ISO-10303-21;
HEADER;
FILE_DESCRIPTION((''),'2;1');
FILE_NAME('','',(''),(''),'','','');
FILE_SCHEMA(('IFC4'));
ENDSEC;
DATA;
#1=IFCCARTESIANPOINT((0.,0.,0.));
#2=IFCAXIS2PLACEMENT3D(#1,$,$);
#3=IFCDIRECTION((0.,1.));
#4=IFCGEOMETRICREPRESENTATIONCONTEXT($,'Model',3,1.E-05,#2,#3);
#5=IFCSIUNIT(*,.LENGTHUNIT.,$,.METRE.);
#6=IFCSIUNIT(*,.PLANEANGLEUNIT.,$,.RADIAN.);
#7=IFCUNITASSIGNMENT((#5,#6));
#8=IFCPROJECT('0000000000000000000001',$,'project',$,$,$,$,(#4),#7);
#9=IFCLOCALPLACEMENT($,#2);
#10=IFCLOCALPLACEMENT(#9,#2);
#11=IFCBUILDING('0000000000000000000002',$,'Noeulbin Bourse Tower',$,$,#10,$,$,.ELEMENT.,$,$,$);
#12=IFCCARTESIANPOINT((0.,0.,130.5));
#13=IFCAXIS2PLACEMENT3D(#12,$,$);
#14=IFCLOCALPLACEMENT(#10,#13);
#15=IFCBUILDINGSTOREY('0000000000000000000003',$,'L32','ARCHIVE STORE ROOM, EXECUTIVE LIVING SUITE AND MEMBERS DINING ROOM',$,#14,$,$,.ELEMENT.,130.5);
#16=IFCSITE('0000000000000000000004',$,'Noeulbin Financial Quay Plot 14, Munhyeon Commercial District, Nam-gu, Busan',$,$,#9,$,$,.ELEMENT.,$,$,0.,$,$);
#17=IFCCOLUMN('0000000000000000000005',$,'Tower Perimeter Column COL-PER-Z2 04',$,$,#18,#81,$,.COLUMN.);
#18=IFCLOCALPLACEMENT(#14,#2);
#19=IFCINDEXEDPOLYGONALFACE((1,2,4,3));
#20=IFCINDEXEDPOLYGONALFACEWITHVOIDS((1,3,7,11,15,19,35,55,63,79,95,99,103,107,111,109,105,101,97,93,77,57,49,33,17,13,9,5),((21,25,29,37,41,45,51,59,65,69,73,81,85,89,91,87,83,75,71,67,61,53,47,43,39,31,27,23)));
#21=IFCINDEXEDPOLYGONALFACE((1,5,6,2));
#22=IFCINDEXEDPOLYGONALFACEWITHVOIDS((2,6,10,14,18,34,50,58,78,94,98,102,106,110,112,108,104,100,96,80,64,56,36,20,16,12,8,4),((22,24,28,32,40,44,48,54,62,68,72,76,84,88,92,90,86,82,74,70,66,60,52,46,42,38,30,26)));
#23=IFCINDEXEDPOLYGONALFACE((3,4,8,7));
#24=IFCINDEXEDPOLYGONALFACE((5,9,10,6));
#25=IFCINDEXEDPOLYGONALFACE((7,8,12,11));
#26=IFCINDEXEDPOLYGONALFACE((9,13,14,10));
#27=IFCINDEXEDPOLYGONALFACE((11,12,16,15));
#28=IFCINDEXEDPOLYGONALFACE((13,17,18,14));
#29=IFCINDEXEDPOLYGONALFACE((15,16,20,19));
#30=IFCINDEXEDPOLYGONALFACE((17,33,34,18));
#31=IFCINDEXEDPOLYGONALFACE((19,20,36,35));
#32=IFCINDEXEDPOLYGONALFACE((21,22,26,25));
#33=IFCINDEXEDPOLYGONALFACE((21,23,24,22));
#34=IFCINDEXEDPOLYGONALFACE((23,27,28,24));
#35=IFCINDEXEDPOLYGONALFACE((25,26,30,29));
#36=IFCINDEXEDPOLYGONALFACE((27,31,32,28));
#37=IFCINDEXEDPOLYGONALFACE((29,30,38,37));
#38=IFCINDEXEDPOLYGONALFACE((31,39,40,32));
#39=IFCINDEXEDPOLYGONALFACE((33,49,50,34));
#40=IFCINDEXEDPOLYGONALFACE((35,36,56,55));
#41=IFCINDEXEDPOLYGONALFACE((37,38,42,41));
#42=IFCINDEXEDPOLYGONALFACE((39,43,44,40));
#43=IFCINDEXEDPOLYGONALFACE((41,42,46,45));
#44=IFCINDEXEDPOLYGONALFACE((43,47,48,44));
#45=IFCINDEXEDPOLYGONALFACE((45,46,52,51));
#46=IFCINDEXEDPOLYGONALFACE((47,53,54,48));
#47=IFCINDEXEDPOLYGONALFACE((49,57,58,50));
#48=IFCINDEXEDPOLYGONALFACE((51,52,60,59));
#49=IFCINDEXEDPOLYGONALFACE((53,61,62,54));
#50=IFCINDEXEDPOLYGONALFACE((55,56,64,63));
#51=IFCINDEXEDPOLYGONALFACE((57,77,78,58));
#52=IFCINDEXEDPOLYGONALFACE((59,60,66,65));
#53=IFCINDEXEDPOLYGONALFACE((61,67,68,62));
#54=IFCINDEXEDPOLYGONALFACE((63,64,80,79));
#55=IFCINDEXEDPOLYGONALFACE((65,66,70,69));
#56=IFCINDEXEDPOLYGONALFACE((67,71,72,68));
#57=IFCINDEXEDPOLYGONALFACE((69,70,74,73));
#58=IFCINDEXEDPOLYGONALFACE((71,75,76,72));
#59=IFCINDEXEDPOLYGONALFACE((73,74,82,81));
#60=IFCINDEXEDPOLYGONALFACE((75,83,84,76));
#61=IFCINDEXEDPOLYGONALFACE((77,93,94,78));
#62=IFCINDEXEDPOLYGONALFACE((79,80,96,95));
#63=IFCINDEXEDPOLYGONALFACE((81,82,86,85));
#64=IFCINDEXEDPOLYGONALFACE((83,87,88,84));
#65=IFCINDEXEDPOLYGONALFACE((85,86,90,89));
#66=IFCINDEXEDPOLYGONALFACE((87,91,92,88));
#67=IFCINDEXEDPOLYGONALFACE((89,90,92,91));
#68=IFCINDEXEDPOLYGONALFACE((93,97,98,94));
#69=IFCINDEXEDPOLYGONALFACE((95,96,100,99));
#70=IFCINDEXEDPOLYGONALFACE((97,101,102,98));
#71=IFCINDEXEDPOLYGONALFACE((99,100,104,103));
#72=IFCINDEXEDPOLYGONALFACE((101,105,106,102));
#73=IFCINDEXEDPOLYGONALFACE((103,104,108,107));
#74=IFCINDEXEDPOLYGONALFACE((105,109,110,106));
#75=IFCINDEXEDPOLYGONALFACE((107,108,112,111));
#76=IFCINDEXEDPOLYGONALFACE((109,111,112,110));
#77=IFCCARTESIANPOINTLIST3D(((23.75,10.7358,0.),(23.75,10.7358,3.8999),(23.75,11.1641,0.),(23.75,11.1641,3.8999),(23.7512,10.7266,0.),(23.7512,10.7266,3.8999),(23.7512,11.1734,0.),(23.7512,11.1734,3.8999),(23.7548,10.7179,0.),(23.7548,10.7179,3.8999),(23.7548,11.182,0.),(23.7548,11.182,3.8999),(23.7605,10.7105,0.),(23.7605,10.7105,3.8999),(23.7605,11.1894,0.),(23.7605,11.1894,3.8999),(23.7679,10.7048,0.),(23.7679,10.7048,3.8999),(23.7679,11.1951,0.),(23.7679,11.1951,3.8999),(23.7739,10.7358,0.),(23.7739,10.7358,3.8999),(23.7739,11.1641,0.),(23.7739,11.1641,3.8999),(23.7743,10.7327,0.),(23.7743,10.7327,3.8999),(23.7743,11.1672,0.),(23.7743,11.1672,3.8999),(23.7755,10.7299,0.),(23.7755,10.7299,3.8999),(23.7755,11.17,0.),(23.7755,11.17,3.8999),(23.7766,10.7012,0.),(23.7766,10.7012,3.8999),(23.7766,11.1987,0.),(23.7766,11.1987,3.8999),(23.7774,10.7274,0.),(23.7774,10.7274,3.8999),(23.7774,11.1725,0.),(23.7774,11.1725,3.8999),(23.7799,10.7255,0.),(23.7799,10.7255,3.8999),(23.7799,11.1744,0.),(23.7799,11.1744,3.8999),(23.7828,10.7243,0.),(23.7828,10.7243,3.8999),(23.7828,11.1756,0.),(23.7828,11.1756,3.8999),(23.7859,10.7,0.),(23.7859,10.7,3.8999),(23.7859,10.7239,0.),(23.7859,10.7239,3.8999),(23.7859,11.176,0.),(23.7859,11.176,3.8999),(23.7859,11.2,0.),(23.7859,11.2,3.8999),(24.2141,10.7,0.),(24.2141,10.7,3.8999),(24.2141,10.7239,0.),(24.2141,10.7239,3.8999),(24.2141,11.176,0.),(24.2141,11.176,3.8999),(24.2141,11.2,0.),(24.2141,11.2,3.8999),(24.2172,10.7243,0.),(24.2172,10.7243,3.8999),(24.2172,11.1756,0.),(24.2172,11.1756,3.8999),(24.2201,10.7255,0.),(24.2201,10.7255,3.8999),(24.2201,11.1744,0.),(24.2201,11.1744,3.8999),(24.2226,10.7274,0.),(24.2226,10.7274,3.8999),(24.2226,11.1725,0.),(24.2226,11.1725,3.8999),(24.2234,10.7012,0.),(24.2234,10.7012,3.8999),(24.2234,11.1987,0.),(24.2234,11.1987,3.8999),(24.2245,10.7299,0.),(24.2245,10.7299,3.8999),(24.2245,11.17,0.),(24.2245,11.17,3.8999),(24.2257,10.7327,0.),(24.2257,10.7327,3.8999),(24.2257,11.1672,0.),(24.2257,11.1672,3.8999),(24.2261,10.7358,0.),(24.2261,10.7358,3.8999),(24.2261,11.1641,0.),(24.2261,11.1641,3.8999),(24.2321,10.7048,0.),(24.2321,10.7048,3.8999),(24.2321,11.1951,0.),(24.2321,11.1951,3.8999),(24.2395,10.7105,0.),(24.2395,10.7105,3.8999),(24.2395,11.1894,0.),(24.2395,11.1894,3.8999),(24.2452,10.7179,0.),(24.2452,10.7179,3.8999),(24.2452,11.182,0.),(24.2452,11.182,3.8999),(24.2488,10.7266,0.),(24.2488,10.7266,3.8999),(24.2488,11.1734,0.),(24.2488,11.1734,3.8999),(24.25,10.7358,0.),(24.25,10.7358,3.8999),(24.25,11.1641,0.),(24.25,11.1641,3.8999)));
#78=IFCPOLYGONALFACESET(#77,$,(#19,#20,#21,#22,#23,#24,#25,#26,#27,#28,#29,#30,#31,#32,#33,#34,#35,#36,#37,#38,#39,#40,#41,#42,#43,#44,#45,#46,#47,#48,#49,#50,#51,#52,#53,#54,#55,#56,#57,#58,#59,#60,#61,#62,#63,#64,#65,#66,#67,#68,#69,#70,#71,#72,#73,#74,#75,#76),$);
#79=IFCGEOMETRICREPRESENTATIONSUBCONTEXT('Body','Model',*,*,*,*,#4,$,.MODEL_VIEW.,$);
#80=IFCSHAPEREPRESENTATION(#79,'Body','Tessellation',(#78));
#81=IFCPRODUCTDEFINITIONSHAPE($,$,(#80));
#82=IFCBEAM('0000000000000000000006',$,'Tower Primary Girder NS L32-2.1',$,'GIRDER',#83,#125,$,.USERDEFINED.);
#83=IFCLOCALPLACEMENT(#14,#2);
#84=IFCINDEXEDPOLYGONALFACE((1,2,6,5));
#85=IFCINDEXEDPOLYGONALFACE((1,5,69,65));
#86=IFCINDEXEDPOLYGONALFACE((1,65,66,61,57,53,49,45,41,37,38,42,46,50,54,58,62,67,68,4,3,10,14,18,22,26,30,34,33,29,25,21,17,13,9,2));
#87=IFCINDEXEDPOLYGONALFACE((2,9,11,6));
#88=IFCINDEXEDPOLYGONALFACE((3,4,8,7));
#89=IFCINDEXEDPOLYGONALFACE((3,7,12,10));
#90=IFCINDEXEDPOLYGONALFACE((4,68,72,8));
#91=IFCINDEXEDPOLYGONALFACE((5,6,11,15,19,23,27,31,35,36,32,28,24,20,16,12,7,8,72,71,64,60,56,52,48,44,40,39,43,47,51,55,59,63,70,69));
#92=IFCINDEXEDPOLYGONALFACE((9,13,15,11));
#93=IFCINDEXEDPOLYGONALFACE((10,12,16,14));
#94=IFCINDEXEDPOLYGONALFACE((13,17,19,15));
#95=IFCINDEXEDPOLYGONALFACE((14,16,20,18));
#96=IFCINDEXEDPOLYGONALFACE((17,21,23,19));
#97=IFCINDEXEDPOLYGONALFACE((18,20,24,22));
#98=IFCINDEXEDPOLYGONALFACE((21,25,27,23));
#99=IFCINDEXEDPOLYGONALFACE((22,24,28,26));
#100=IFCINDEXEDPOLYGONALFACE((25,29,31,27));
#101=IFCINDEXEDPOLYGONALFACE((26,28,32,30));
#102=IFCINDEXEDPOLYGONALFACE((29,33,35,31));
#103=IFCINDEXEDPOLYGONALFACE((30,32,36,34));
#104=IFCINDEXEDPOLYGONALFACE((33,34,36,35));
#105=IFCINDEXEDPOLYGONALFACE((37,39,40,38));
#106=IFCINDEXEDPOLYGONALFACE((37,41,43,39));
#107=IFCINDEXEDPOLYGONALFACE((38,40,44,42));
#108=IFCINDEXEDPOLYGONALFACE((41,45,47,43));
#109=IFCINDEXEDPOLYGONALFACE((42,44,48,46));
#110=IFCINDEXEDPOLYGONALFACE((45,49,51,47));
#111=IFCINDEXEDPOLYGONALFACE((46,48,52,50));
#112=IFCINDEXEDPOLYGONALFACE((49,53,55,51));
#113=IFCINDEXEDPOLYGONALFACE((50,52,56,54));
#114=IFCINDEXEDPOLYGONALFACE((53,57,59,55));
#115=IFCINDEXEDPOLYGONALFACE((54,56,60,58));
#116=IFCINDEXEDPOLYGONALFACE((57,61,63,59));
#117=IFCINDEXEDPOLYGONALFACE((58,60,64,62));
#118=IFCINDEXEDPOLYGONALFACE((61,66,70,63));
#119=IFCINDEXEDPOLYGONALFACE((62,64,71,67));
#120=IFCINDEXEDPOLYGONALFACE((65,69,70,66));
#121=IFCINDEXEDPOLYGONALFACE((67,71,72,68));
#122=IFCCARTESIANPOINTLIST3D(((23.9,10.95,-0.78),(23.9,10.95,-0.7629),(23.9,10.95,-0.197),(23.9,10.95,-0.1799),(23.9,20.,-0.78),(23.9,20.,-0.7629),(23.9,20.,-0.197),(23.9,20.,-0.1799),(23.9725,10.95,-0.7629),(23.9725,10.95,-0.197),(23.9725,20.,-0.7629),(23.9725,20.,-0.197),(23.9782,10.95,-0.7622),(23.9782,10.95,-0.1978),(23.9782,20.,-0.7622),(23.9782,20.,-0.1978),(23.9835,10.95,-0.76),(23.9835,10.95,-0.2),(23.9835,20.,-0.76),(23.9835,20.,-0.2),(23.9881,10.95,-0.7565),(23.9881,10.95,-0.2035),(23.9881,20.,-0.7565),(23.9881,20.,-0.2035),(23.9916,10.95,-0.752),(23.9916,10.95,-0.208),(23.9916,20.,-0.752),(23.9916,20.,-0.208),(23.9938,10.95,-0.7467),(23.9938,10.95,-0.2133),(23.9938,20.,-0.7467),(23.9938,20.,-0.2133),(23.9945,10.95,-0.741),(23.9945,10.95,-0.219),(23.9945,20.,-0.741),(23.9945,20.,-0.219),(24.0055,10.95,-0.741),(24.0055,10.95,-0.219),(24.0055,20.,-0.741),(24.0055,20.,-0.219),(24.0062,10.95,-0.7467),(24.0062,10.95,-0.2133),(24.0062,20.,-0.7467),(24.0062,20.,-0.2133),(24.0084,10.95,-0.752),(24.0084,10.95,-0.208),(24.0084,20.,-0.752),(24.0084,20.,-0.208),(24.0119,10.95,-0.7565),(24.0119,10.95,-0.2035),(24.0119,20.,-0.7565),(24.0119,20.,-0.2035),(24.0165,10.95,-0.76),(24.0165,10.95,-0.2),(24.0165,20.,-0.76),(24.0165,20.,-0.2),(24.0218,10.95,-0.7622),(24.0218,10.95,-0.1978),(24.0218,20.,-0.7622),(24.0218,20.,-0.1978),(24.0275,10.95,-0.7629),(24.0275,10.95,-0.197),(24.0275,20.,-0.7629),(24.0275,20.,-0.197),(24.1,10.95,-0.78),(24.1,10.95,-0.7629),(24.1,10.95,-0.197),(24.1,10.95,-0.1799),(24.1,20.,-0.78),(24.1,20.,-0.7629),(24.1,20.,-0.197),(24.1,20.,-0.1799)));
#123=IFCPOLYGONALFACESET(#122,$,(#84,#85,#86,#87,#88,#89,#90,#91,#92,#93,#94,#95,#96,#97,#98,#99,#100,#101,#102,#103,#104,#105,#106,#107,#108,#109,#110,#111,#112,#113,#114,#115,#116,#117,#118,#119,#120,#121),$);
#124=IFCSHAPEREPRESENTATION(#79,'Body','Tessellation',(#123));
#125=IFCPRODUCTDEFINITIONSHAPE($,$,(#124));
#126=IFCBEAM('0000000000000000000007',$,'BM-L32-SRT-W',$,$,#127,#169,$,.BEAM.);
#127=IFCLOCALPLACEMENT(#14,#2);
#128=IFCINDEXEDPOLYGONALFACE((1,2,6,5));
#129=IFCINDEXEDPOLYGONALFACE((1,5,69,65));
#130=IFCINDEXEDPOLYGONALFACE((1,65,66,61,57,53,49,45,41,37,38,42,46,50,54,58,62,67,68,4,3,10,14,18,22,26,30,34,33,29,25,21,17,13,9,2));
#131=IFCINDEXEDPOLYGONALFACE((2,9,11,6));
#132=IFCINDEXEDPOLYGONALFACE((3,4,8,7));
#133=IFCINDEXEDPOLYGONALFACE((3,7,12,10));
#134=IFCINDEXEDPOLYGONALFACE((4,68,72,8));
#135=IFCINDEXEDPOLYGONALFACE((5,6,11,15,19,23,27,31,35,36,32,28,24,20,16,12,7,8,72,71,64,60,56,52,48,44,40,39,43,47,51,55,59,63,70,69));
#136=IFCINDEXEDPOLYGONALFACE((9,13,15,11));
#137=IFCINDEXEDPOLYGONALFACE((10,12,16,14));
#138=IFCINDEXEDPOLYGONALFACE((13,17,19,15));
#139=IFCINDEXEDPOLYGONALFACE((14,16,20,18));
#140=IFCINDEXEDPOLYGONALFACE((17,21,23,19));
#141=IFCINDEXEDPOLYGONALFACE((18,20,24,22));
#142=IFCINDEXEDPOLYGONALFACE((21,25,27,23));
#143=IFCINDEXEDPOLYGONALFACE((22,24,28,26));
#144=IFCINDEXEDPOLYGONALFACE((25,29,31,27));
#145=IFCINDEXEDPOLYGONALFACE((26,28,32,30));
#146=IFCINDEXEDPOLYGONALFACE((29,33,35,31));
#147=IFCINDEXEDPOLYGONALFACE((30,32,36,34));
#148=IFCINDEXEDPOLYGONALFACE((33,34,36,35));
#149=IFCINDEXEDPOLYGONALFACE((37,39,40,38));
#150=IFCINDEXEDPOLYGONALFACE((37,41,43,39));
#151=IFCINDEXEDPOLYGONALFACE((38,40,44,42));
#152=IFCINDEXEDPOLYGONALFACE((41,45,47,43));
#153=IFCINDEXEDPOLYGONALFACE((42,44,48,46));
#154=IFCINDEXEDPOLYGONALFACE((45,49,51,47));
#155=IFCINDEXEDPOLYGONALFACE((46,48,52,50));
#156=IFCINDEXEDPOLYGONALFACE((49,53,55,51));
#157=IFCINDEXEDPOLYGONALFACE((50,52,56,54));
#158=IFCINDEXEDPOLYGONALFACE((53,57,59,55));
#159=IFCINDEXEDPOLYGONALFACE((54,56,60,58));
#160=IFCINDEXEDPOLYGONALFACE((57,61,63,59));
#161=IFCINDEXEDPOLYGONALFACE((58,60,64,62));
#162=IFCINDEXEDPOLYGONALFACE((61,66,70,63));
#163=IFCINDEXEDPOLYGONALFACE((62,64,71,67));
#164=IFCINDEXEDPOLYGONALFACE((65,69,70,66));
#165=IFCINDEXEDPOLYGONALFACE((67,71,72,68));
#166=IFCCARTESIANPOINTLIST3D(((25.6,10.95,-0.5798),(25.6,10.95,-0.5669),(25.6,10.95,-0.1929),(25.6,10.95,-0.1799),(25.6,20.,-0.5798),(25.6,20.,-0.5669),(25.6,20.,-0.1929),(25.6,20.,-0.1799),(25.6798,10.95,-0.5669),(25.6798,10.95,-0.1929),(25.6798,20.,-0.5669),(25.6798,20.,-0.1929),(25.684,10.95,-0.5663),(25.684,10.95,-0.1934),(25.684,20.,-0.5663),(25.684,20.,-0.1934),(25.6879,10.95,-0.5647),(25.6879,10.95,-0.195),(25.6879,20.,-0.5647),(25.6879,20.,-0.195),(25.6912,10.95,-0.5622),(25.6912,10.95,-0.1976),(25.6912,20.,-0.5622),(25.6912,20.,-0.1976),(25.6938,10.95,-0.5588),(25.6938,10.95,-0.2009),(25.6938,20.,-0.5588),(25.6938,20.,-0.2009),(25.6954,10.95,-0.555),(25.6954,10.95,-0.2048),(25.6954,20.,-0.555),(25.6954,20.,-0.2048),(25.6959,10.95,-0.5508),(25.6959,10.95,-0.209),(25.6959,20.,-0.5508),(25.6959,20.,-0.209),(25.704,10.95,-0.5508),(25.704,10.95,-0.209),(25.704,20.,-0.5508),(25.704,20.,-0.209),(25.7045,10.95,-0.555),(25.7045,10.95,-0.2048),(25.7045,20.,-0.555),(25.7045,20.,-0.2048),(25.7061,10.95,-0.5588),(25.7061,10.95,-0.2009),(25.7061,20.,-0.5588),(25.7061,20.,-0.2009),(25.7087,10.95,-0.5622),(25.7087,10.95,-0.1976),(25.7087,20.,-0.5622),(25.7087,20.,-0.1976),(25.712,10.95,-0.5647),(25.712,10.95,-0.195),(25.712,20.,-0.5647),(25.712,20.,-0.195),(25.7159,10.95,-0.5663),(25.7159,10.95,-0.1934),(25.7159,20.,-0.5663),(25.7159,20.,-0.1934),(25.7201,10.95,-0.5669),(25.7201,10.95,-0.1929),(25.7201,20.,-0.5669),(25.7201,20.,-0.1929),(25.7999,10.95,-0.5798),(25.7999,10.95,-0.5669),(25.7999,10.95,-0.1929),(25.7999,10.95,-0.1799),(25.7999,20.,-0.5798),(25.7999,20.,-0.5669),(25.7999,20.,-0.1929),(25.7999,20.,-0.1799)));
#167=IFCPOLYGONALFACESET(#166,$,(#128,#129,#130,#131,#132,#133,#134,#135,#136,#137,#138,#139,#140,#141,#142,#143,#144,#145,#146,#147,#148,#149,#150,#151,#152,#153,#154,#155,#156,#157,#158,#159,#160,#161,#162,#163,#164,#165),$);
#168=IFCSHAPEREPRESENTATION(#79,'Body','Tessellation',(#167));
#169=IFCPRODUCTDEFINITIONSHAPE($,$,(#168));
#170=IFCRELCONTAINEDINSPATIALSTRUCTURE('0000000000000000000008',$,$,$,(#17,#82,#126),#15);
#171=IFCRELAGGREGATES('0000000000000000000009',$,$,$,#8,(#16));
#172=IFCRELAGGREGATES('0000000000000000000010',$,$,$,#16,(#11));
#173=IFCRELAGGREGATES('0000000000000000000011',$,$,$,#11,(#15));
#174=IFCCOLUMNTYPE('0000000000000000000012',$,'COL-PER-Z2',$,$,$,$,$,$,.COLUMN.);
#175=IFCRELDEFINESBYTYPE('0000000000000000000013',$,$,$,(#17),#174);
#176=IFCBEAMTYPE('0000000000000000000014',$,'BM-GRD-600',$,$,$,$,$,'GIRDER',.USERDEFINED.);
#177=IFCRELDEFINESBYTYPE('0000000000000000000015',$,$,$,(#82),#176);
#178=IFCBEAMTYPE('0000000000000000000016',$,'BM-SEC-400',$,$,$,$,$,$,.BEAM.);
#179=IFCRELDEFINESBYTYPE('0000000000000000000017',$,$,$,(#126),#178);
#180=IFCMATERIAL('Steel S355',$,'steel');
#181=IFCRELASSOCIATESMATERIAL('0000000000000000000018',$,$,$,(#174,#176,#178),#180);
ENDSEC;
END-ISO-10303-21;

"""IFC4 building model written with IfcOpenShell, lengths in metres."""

from ifc_helpers import new_model, si_unit, direction, frame, origin, origin_2d, place, context, subcontext, project, spatial, hollow_rectangle, i_section, extrude, material, material_profile, profile_set, type_object, element, save


model = new_model("IFC4")

# Units and contexts
model_context = context("Model", 3, precision=1e-05, world=origin(), true_north=direction((0.0, 1.0)))
body_context = subcontext(model_context, "Body", "Model", "MODEL_VIEW")
ifc_project = project(units=[si_unit("LENGTHUNIT", "METRE"), si_unit("PLANEANGLEUNIT", "RADIAN")], contexts=[model_context])

# Site, building, storey
site_placement = place(None, origin())
site = spatial("IfcSite", under=ifc_project, at=site_placement, Name="Noeulbin Financial Quay Plot 14, Munhyeon Commercial District, Nam-gu, Busan", CompositionType="ELEMENT", RefElevation=0.0)
building_placement = place(site_placement, origin())
building = spatial("IfcBuilding", under=site, at=building_placement, Name="Noeulbin Bourse Tower", CompositionType="ELEMENT")
storey_placement = place(building_placement, frame((0.0, 0.0, 130.5)))
storey = spatial("IfcBuildingStorey", under=building, at=storey_placement, Name="L32", Description="ARCHIVE STORE ROOM, EXECUTIVE LIVING SUITE AND MEMBERS DINING ROOM", CompositionType="ELEMENT", Elevation=130.5)

# Column
ifc_material_1 = material(Name="Steel S355", Category="steel")
ifc_material_profile_1 = material_profile(ifc_material_1, hollow_rectangle(XDim=0.5, YDim=0.5, WallThickness=0.0239, InnerFilletRadius=0.012, OuterFilletRadius=0.0359, at=origin_2d()), Name="BOX-500x500x24", Category="LoadBearing")
ifc_profile_set_1 = profile_set([ifc_material_profile_1], Name="Steel S355")
column_type = type_object("IfcColumnType", Name="COL-PER-Z2", PredefinedType="COLUMN", material=ifc_profile_set_1)
column_placement = place(storey_placement, frame((24.0, 10.95, 0.0), z_axis=(0.0, 0.0, 1.0), x_axis=(1.0, 0.0, 0.0)))
element("IfcColumn", 1, at=column_placement, inside=storey, type_object=column_type, Name="Tower Perimeter Column COL-PER-Z2 04", PredefinedType="COLUMN", context=body_context, shape_type="SweptSolid", body=[
    extrude(hollow_rectangle(XDim=0.5, YDim=0.5, WallThickness=0.0239, InnerFilletRadius=0.012, OuterFilletRadius=0.0359, at=origin_2d()), origin(), (0.0, 0.0, 1.0), 3.8999),
])

# Beams
ifc_material_profile_2 = material_profile(ifc_material_1, i_section(OverallWidth=0.2, OverallDepth=0.6001, WebThickness=0.011, FlangeThickness=0.0171, FilletRadius=0.022, at=origin_2d()), Name="H-600x200x11x17", Category="LoadBearing")
ifc_profile_set_2 = profile_set([ifc_material_profile_2], Name="Steel S355")
beam_type_1 = type_object("IfcBeamType", Name="BM-GRD-600", ElementType="GIRDER", PredefinedType="USERDEFINED", material=ifc_profile_set_2)
beam_1_placement = place(storey_placement, frame((24.0, 10.95, -0.48), z_axis=(0.0, 1.0, 0.0), x_axis=(-1.0, 0.0, 0.0)))
element("IfcBeam", 2, at=beam_1_placement, inside=storey, type_object=beam_type_1, Name="Tower Primary Girder NS L32-2.1", ObjectType="GIRDER", PredefinedType="USERDEFINED", context=body_context, shape_type="SweptSolid", body=[
    extrude(i_section(OverallWidth=0.2, OverallDepth=0.6001, WebThickness=0.011, FlangeThickness=0.0171, FilletRadius=0.022, at=origin_2d()), origin(), (0.0, 0.0, 1.0), 9.05),
])
ifc_material_profile_3 = material_profile(ifc_material_1, i_section(OverallWidth=0.2, OverallDepth=0.3999, WebThickness=0.0081, FlangeThickness=0.0129, FilletRadius=0.0161, at=origin_2d()), Name="H-400x200x8x13", Category="LoadBearing")
ifc_profile_set_3 = profile_set([ifc_material_profile_3], Name="Steel S355")
beam_type_2 = type_object("IfcBeamType", Name="BM-SEC-400", PredefinedType="BEAM", material=ifc_profile_set_3)
beam_2_placement = place(storey_placement, frame((25.7, 10.95, -0.3799), z_axis=(0.0, 1.0, 0.0), x_axis=(-1.0, 0.0, 0.0)))
element("IfcBeam", 3, at=beam_2_placement, inside=storey, type_object=beam_type_2, Name="BM-L32-SRT-W", PredefinedType="BEAM", context=body_context, shape_type="SweptSolid", body=[
    extrude(i_section(OverallWidth=0.2, OverallDepth=0.3999, WebThickness=0.0081, FlangeThickness=0.0129, FilletRadius=0.0161, at=origin_2d()), origin(), (0.0, 0.0, 1.0), 9.05),
])

save(model, "model.ifc")
